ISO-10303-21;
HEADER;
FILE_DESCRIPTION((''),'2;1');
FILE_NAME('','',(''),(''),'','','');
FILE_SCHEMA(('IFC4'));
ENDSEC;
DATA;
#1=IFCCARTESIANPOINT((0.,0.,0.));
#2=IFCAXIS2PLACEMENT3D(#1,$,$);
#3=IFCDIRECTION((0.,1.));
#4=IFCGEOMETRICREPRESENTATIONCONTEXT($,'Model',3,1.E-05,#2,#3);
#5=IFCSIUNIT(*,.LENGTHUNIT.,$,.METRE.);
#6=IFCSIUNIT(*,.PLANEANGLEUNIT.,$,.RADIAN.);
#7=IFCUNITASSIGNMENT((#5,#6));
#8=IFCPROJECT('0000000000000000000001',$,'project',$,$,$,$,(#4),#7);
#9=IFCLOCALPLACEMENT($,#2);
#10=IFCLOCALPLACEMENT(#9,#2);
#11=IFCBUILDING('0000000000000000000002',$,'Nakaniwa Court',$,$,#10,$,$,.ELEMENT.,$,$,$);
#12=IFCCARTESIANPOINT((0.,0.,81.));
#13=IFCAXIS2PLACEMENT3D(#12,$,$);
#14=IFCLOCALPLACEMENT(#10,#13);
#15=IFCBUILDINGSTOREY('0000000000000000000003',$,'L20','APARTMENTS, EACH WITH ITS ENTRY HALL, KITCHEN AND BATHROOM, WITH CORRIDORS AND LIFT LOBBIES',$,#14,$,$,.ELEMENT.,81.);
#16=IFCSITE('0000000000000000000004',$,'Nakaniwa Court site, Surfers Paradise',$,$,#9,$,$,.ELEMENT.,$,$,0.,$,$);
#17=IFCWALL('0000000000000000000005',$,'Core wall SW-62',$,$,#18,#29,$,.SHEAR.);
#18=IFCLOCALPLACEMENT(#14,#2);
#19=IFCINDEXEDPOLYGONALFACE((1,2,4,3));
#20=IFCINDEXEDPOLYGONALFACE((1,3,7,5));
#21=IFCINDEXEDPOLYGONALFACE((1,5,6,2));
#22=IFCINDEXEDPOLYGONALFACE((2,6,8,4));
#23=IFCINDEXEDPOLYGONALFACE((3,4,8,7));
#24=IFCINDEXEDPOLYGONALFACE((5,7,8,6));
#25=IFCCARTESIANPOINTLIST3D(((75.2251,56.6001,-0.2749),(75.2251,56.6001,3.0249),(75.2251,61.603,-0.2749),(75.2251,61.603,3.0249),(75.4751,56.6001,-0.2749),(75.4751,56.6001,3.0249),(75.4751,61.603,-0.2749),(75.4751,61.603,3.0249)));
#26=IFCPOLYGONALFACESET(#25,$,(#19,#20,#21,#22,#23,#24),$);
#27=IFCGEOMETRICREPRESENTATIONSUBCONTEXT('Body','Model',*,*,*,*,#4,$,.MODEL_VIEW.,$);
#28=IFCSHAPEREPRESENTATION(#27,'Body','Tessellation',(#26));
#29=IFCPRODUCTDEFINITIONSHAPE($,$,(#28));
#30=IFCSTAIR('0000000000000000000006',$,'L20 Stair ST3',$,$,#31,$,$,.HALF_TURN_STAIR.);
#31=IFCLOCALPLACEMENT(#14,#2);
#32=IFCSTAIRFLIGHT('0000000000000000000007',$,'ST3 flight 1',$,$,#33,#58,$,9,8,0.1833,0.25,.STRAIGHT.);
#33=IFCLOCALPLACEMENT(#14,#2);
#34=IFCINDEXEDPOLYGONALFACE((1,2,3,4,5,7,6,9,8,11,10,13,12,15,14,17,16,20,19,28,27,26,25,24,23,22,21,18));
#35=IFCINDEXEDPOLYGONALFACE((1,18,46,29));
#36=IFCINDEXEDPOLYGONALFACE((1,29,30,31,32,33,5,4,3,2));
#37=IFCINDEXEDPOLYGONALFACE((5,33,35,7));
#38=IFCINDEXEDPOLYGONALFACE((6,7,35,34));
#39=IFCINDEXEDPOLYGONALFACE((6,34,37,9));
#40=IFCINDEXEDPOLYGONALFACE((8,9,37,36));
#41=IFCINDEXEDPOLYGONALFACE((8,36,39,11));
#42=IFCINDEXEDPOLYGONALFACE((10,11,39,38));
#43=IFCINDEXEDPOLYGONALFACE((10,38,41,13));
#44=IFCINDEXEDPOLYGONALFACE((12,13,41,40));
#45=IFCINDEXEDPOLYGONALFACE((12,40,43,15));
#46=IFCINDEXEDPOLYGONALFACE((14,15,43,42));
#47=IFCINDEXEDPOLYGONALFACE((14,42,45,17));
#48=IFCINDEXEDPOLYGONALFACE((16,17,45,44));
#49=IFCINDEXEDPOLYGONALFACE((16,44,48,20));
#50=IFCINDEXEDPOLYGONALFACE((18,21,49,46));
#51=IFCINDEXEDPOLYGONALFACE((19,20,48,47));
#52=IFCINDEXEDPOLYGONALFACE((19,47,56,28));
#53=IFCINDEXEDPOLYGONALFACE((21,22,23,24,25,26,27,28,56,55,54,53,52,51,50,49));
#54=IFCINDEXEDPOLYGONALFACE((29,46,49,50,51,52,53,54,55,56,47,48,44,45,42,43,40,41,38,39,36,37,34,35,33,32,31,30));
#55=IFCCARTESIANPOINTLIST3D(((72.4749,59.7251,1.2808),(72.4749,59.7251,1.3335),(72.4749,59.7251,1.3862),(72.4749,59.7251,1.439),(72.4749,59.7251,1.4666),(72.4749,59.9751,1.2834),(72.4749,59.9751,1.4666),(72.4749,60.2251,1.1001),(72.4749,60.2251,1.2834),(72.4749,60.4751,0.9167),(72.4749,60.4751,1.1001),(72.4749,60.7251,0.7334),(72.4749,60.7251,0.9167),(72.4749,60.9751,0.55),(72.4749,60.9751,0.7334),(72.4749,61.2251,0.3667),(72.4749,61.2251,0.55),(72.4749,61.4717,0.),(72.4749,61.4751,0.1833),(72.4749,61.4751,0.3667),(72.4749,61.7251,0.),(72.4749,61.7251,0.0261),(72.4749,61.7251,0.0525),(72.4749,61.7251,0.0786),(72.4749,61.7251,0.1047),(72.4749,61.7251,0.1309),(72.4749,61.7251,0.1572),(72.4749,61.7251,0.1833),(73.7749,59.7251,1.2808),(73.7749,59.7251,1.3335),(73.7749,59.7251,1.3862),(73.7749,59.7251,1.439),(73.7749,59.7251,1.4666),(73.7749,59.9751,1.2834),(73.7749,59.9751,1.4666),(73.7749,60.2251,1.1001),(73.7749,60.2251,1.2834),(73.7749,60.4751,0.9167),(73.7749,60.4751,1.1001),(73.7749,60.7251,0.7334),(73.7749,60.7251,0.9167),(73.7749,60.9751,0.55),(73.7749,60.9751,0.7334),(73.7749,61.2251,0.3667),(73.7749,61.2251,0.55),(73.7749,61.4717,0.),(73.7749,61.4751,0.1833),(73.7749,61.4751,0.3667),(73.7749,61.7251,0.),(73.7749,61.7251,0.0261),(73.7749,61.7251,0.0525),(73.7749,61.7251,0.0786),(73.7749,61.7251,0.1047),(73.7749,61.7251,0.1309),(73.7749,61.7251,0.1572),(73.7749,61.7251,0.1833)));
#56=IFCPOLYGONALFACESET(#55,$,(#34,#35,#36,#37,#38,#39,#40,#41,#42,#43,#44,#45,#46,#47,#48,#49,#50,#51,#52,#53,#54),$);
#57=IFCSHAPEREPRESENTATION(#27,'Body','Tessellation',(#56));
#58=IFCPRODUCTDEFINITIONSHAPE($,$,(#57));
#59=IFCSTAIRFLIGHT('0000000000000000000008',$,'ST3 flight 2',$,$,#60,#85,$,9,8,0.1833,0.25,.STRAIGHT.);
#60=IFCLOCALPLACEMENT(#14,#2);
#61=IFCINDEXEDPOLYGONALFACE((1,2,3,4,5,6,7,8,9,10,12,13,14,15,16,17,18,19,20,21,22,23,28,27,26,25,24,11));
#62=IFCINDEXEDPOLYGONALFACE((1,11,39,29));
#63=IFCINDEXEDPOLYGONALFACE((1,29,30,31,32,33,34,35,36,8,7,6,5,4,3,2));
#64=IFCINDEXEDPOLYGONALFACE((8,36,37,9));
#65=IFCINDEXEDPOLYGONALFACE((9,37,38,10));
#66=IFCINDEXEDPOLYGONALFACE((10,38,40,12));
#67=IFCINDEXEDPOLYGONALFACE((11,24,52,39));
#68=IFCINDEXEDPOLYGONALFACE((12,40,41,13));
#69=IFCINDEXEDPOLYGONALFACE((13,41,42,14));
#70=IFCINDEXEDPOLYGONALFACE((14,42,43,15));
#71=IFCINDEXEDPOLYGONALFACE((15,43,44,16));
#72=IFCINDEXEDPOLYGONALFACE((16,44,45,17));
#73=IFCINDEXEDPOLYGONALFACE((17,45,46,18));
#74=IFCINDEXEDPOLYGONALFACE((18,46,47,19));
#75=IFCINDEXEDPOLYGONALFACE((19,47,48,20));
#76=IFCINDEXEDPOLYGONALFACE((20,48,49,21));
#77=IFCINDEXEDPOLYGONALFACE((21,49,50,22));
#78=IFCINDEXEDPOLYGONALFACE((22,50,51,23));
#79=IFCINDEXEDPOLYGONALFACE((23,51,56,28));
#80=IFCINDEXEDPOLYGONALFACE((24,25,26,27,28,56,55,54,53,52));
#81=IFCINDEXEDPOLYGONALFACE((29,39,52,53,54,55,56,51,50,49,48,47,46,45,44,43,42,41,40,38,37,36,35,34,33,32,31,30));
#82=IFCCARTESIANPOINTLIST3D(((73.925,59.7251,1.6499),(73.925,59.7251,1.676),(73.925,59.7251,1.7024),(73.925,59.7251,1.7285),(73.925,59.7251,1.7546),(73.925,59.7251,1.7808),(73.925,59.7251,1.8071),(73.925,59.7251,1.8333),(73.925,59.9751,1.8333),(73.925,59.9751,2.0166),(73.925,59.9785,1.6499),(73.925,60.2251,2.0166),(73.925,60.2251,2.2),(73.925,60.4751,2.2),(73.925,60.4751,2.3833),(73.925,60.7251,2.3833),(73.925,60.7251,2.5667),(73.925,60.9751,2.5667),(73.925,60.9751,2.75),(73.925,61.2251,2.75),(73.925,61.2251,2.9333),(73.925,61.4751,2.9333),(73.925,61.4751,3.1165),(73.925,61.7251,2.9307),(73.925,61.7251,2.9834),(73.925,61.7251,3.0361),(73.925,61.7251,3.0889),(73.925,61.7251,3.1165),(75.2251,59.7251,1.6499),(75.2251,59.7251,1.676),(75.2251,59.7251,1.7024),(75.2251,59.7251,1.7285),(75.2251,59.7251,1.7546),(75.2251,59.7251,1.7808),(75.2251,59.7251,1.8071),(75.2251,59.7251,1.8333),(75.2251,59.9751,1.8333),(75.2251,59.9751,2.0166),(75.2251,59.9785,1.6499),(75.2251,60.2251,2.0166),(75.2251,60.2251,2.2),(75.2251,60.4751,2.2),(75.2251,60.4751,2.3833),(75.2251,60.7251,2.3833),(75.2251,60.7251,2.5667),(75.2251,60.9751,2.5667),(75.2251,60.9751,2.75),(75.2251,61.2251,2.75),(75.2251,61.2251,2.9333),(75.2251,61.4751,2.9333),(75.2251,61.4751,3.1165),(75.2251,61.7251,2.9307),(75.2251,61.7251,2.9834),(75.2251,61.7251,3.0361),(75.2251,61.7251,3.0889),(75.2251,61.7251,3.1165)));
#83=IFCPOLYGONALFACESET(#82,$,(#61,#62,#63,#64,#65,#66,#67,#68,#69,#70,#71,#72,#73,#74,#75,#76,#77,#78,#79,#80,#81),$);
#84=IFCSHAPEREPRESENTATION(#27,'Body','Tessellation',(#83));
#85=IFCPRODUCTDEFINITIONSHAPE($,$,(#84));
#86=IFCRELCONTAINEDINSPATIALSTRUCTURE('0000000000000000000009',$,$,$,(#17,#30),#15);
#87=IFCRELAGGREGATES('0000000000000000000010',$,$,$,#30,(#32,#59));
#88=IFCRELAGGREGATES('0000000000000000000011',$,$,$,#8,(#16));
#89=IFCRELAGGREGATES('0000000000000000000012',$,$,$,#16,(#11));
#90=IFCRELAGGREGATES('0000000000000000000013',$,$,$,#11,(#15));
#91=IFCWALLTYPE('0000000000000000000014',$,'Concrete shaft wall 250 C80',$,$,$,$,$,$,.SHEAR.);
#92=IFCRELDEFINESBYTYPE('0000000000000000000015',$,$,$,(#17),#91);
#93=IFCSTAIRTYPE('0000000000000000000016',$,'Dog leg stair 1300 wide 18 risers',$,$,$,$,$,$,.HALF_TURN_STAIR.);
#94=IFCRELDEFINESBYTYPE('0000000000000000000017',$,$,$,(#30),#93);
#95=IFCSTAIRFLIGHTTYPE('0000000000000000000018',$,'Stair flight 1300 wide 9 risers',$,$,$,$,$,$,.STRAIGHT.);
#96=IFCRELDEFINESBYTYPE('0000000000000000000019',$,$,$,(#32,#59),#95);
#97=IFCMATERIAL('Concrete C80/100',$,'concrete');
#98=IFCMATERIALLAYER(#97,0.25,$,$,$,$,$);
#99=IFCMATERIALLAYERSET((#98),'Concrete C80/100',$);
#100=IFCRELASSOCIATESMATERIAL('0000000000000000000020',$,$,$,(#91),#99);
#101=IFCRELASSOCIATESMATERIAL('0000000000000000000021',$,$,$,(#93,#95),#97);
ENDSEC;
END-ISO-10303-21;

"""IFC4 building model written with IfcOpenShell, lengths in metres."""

from ifc_helpers import new_model, si_unit, direction, frame, frame_2d, origin, place, context, subcontext, project, spatial, polyline, rectangle, outline, extrude, material, layer, layer_set, type_object, element, aggregate, save


model = new_model("IFC4")

# Units and contexts
model_context = context("Model", 3, precision=1e-05, world=origin(), true_north=direction((0.0, 1.0)))
body_context = subcontext(model_context, "Body", "Model", "MODEL_VIEW")
ifc_project = project(units=[si_unit("LENGTHUNIT", "METRE"), si_unit("PLANEANGLEUNIT", "RADIAN")], contexts=[model_context])

# Site, building, storey
site_placement = place(None, origin())
site = spatial("IfcSite", under=ifc_project, at=site_placement, Name="Nakaniwa Court site, Surfers Paradise", CompositionType="ELEMENT", RefElevation=0.0)
building_placement = place(site_placement, origin())
building = spatial("IfcBuilding", under=site, at=building_placement, Name="Nakaniwa Court", CompositionType="ELEMENT")
storey_placement = place(building_placement, frame((0.0, 0.0, 81.0)))
storey = spatial("IfcBuildingStorey", under=building, at=storey_placement, Name="L20", Description="APARTMENTS, EACH WITH ITS ENTRY HALL, KITCHEN AND BATHROOM, WITH CORRIDORS AND LIFT LOBBIES", CompositionType="ELEMENT", Elevation=81.0)

# Shared definitions
ifc_material_1 = material(Name="Concrete C80/100", Category="concrete")

# Wall
ifc_layer_1 = layer(ifc_material_1, 0.25)
ifc_layer_set_1 = layer_set([ifc_layer_1], Name="Concrete C80/100")
wall_type_1 = type_object("IfcWallType", Name="Concrete shaft wall 250 C80", PredefinedType="SHEAR", material=ifc_layer_set_1)
wall_1_placement = place(storey_placement, frame((75.3501, 56.6001, -0.2749), z_axis=(0.0, 0.0, 1.0), x_axis=(0.0, 1.0, 0.0)))
element("IfcWall", 1, at=wall_1_placement, inside=storey, type_object=wall_type_1, Name="Core wall SW-62", PredefinedType="SHEAR", context=body_context, shape_type="SweptSolid", body=[
    extrude(rectangle(XDim=5.0029, YDim=0.25, at=frame_2d((2.5015, 0.0))), origin(), (0.0, 0.0, 1.0), 3.2998),
])

# Stair, stair flights
stair_type = type_object("IfcStairType", Name="Dog leg stair 1300 wide 18 risers", PredefinedType="HALF_TURN_STAIR", material=ifc_material_1)
stair_placement = place(storey_placement, origin())
stair = element("IfcStair", 2, at=stair_placement, inside=storey, type_object=stair_type, Name="L20 Stair ST3", PredefinedType="HALF_TURN_STAIR")
stair_flight_type = type_object("IfcStairFlightType", Name="Stair flight 1300 wide 9 risers", PredefinedType="STRAIGHT", material=ifc_material_1)
stair_flight_1_placement = place(storey_placement, frame((73.125, 61.7251, 0.0), z_axis=(0.0, 0.0, 1.0), x_axis=(0.0, -1.0, 0.0)))
stair_flight_1 = element("IfcStairFlight", 3, at=stair_flight_1_placement, type_object=stair_flight_type, Name="ST3 flight 1", NumberOfRisers=9, NumberOfTreads=8, PredefinedType="STRAIGHT", RiserHeight=0.1833, TreadLength=0.25, context=body_context, shape_type="SweptSolid", body=[
    extrude(outline(polyline([(0.0, 0.0), (0.0, 0.0261), (0.0, 0.0525), (0.0, 0.0786), (0.0, 0.1047), (0.0, 0.1309), (0.0, 0.1572), (0.0, 0.1833), (0.25, 0.1833), (0.25, 0.3667), (0.5, 0.3667), (0.5, 0.55), (0.75, 0.55), (0.75, 0.7334), (1.0, 0.7334), (1.0, 0.9167), (1.25, 0.9167), (1.25, 1.1001), (1.5, 1.1001), (1.5, 1.2834), (1.75, 1.2834), (1.75, 1.4666), (2.0, 1.4666), (2.0, 1.6499), (2.0, 1.5972), (2.0, 1.5444), (2.0, 1.4917), (2.0, 1.439), (2.0, 1.3862), (2.0, 1.3335), (2.0, 1.2808), (0.2534, 0.0), (0.0, 0.0)])), frame((0.0, 0.6499, 0.0), z_axis=(0.0, -1.0, 0.0), x_axis=(1.0, 0.0, 0.0)), (0.0, 0.0, 1.0), 1.3),
])
stair_flight_2_placement = place(storey_placement, frame((74.575, 59.7251, 1.6499), z_axis=(0.0, 0.0, 1.0), x_axis=(0.0, 1.0, 0.0)))
stair_flight_2 = element("IfcStairFlight", 4, at=stair_flight_2_placement, type_object=stair_flight_type, Name="ST3 flight 2", NumberOfRisers=9, NumberOfTreads=8, PredefinedType="STRAIGHT", RiserHeight=0.1833, TreadLength=0.25, context=body_context, shape_type="SweptSolid", body=[
    extrude(outline(polyline([(0.0, 0.0), (0.0, 0.0261), (0.0, 0.0525), (0.0, 0.0786), (0.0, 0.1047), (0.0, 0.1309), (0.0, 0.1572), (0.0, 0.1833), (0.25, 0.1833), (0.25, 0.3667), (0.5, 0.3667), (0.5, 0.55), (0.75, 0.55), (0.75, 0.7334), (1.0, 0.7334), (1.0, 0.9167), (1.25, 0.9167), (1.25, 1.1001), (1.5, 1.1001), (1.5, 1.2834), (1.75, 1.2834), (1.75, 1.4666), (2.0, 1.4666), (2.0, 1.6499), (2.0, 1.5972), (2.0, 1.5444), (2.0, 1.4917), (2.0, 1.439), (2.0, 1.3862), (2.0, 1.3335), (2.0, 1.2808), (0.2534, 0.0), (0.0, 0.0)])), frame((0.0, 0.6499, 0.0), z_axis=(0.0, -1.0, 0.0), x_axis=(1.0, 0.0, 0.0)), (0.0, 0.0, 1.0), 1.3),
])
aggregate(stair, [stair_flight_1, stair_flight_2])

save(model, "model.ifc")
